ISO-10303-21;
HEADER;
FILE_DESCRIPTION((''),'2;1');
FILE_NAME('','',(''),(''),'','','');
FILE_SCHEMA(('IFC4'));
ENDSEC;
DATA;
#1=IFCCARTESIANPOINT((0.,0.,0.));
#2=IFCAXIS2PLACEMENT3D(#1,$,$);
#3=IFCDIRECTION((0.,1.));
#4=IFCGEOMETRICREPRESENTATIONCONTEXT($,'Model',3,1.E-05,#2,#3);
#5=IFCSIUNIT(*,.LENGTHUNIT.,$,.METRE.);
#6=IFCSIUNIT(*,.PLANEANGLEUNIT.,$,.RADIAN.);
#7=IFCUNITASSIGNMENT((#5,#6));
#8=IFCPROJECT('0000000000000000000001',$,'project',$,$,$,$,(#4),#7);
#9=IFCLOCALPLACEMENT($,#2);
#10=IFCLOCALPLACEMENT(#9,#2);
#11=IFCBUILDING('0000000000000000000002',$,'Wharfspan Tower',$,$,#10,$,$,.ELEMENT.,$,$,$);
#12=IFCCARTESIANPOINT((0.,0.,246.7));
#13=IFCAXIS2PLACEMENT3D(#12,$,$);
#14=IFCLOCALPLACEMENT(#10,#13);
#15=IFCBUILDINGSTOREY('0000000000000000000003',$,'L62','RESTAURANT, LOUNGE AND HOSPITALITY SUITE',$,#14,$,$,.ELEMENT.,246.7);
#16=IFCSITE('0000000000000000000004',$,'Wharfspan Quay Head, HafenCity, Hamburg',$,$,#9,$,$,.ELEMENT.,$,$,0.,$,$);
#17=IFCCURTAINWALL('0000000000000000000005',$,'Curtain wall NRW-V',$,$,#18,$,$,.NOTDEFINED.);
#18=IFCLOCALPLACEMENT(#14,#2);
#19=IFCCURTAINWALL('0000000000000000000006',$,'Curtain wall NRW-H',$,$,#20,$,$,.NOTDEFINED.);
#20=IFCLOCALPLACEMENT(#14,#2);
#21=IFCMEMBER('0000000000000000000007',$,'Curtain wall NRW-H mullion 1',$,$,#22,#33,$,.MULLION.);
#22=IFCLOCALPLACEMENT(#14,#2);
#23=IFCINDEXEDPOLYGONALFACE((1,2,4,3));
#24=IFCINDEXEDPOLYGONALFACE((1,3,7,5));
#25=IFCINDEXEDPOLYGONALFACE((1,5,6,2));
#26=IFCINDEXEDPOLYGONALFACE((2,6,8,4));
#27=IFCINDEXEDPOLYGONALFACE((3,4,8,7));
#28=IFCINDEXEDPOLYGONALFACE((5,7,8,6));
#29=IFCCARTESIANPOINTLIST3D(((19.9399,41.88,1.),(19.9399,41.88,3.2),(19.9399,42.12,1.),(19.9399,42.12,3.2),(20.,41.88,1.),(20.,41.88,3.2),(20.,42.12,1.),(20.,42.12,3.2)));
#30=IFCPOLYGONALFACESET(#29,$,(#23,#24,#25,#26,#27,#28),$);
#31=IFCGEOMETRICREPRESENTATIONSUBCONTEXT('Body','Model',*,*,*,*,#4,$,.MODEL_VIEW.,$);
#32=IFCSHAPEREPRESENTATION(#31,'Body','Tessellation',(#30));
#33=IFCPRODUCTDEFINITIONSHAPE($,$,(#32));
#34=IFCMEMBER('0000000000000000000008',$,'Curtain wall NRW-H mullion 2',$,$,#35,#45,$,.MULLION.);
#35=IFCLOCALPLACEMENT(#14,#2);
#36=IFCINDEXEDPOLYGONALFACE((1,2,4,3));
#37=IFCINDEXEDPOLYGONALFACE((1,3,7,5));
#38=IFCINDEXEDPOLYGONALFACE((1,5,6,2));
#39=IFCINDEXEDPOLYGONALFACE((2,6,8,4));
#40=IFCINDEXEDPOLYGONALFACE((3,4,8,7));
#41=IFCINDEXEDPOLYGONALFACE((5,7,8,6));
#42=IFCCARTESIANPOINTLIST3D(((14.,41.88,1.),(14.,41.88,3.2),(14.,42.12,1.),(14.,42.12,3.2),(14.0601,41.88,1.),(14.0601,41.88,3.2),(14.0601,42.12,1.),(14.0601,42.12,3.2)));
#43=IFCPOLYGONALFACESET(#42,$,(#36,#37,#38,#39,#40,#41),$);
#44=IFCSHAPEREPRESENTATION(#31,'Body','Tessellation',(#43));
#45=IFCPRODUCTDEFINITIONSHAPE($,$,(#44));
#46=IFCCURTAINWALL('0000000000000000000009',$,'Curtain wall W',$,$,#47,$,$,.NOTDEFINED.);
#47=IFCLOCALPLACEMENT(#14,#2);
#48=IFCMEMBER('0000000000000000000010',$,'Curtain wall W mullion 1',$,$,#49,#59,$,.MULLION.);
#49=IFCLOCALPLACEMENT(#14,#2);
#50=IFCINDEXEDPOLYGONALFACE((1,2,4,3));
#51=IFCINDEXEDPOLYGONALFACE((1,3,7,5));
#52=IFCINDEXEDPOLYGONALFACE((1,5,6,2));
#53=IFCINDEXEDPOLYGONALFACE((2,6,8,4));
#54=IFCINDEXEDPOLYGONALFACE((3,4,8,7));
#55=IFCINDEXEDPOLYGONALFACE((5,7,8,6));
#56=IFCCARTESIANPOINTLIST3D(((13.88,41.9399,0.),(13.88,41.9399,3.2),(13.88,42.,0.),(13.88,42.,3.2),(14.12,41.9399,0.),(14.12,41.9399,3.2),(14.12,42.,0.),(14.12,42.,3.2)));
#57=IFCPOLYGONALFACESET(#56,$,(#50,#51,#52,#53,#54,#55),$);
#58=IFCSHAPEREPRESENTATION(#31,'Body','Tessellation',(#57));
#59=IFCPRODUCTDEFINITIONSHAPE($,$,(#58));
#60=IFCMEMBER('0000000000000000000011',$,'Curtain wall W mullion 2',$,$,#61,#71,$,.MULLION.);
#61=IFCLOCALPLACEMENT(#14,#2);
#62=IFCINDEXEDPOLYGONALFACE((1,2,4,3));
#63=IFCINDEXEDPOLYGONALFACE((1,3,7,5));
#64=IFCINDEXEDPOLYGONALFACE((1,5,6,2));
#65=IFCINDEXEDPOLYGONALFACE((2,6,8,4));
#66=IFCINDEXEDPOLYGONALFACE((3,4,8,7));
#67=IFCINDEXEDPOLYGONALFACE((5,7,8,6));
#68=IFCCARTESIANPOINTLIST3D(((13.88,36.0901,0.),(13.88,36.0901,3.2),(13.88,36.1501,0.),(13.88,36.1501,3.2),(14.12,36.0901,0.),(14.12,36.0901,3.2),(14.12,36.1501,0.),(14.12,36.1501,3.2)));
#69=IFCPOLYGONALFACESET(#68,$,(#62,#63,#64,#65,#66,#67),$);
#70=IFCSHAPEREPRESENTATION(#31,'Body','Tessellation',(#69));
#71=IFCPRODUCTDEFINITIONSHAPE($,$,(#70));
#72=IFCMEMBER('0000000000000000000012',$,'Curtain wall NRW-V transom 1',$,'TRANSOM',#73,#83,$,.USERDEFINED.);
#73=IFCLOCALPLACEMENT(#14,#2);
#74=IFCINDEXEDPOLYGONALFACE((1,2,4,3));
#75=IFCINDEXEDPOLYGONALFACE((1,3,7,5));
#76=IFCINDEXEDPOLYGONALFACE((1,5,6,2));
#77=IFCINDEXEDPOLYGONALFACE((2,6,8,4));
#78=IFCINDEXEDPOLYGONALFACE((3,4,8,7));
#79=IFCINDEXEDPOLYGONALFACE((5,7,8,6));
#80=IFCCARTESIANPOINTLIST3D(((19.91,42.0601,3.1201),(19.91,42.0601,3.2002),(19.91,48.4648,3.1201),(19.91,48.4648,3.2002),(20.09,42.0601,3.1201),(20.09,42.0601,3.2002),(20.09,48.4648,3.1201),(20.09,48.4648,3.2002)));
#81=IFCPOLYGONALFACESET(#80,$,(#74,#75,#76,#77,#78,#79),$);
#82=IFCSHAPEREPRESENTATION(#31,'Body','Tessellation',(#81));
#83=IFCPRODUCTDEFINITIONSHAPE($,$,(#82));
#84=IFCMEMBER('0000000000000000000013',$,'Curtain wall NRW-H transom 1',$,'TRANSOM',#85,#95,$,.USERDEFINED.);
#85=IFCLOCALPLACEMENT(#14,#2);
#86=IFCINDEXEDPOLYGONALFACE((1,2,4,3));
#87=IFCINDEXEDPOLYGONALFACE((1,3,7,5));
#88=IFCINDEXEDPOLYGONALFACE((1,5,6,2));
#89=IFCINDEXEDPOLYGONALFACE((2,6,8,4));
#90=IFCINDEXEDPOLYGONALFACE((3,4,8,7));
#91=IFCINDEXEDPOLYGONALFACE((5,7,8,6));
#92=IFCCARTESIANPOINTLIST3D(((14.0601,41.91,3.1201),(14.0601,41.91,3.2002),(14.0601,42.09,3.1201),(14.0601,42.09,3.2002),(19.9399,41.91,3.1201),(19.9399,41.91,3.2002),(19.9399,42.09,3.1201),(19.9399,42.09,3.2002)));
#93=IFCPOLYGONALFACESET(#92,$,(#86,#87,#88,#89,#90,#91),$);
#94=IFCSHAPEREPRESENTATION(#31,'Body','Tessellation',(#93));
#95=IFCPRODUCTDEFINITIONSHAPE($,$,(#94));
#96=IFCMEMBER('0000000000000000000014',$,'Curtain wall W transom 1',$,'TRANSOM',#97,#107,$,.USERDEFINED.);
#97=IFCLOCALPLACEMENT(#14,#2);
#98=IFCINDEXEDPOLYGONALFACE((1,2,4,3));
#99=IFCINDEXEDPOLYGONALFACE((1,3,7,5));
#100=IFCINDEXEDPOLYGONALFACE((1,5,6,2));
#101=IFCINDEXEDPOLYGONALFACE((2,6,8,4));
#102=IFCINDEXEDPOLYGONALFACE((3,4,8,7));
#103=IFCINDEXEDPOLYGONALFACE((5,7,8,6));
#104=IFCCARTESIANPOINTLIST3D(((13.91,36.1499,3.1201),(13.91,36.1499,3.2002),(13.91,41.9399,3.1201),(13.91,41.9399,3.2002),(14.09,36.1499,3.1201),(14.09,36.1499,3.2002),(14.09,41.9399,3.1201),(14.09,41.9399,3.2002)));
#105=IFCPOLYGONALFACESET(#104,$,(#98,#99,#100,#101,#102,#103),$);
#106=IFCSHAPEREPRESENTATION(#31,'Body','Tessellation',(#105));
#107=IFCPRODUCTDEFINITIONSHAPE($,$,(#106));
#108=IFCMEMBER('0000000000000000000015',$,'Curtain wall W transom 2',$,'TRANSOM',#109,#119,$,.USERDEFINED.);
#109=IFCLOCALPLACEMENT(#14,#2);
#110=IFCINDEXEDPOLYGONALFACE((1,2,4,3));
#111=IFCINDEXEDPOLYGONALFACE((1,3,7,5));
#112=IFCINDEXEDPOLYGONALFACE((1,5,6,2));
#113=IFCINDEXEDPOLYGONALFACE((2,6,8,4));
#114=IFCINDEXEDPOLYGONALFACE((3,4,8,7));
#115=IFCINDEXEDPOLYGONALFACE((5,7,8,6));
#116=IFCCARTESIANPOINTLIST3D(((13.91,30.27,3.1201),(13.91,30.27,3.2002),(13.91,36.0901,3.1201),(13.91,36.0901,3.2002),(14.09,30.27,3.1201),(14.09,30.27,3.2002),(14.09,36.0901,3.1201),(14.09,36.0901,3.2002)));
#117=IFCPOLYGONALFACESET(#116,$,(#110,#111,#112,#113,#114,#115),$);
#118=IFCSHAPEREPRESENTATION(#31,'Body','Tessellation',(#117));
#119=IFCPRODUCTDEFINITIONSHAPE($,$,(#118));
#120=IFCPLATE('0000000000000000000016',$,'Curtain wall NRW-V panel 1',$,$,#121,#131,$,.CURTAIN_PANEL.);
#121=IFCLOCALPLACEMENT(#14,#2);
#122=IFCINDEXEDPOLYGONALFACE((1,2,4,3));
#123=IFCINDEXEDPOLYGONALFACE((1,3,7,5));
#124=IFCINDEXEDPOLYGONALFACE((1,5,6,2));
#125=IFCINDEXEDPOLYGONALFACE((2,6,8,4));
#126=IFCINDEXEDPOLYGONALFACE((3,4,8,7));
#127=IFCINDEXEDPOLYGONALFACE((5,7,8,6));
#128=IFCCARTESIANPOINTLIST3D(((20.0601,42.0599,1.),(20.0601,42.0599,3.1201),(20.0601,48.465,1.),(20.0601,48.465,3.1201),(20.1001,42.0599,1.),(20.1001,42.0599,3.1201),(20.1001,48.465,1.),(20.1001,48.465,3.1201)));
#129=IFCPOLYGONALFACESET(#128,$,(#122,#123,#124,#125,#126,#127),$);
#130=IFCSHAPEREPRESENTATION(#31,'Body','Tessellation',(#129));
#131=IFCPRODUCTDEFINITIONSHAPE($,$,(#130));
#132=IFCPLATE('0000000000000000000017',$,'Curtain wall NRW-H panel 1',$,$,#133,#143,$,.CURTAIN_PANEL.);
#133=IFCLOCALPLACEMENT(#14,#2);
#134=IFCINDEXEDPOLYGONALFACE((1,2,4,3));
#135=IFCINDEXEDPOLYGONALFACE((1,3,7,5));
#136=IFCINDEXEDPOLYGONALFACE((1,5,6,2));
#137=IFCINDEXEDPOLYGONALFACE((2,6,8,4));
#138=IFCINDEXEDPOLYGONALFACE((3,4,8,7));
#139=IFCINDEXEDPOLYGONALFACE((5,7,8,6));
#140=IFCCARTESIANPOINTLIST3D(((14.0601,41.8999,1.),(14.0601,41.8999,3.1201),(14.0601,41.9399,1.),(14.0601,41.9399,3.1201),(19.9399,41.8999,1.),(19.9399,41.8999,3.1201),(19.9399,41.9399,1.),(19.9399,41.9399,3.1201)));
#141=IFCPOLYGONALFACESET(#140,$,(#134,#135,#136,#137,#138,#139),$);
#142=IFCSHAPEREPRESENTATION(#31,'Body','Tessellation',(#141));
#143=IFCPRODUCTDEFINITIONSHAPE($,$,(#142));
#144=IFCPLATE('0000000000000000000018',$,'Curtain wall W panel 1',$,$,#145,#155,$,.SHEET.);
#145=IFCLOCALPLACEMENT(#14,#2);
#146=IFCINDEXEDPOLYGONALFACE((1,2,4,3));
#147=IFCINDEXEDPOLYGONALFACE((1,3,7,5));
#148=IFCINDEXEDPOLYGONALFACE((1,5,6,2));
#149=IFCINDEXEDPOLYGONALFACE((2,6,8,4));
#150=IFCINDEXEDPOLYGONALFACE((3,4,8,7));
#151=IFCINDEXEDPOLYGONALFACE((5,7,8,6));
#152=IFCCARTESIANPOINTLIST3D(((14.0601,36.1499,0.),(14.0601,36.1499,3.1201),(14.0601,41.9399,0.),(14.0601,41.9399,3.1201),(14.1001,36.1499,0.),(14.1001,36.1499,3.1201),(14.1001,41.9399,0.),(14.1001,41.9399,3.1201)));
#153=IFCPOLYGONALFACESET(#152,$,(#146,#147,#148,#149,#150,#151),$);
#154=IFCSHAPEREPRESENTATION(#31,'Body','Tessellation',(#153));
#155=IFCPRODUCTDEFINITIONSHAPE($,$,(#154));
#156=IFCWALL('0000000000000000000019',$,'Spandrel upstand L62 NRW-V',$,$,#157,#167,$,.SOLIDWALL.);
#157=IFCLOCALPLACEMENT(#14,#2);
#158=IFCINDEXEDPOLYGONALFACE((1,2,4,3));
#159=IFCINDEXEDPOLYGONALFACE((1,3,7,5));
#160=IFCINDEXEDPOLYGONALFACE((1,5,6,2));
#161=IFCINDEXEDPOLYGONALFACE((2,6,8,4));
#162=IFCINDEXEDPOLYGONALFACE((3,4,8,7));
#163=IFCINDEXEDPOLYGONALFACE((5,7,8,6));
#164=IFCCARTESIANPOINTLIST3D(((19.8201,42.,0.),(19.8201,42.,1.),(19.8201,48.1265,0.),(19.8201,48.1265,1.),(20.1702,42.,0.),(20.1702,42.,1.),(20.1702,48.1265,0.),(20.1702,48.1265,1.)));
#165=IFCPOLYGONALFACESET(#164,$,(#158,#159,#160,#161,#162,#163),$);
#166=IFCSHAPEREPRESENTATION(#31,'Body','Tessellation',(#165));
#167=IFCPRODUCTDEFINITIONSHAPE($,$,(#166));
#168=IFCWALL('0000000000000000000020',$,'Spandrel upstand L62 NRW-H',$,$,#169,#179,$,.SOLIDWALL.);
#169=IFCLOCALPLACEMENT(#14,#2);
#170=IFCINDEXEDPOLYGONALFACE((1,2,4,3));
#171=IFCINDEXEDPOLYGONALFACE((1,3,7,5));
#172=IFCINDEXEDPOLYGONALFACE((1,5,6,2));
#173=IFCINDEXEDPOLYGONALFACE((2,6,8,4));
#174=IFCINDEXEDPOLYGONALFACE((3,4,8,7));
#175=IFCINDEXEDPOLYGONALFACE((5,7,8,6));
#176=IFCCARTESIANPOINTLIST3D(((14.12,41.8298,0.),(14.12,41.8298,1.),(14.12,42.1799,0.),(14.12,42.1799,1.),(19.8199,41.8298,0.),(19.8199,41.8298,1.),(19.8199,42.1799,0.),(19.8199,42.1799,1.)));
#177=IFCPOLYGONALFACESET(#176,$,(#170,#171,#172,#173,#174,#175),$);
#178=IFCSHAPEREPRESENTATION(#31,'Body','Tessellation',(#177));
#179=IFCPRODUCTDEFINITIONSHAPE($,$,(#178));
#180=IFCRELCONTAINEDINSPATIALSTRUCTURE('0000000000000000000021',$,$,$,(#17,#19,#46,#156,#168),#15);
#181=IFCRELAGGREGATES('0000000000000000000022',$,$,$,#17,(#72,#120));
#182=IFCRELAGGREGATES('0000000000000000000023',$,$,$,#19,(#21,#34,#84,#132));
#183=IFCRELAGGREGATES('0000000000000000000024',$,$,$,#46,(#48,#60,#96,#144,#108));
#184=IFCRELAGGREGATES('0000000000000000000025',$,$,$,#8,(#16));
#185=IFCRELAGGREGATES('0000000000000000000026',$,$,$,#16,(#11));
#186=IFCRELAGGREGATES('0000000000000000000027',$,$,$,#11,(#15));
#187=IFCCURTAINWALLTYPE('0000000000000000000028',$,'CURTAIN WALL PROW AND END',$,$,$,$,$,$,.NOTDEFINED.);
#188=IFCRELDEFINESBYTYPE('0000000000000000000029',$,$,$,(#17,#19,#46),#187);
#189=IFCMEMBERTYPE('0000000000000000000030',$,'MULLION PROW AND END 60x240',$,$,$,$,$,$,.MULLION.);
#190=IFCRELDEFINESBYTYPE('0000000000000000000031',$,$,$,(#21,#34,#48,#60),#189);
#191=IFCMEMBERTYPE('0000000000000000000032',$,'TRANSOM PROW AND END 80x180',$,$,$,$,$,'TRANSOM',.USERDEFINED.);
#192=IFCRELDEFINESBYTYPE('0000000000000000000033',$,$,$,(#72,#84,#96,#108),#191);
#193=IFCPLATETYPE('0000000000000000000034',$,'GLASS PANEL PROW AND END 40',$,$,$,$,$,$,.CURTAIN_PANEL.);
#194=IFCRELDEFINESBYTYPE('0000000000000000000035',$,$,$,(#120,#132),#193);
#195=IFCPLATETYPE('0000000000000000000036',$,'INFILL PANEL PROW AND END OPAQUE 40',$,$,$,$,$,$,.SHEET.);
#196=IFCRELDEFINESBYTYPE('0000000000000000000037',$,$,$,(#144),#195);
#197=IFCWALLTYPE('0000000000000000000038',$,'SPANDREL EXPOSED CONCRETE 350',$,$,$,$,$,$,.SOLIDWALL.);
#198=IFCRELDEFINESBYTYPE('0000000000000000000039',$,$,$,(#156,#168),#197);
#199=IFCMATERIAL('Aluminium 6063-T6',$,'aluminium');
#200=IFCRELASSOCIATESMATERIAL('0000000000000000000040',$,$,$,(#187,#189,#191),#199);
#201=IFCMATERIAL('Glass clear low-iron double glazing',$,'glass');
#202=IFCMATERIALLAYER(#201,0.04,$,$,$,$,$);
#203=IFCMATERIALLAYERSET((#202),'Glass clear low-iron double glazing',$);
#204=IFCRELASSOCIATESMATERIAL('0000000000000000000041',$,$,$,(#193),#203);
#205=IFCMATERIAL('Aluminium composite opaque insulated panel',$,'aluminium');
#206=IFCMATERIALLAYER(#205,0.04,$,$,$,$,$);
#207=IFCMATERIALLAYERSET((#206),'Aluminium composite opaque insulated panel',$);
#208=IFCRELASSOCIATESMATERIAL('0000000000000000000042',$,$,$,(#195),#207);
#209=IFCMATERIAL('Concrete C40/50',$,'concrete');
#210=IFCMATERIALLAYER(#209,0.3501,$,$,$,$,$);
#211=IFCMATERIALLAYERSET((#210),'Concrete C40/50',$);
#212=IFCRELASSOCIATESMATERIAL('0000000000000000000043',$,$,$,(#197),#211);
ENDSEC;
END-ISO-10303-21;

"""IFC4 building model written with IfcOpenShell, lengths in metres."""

from ifc_helpers import new_model, si_unit, direction, frame, frame_2d, origin, origin_2d, place, context, subcontext, project, spatial, rectangle, extrude, material, layer, layer_set, material_profile, profile_set, type_object, element, aggregate, save


model = new_model("IFC4")

# Units and contexts
model_context = context("Model", 3, precision=1e-05, world=origin(), true_north=direction((0.0, 1.0)))
body_context = subcontext(model_context, "Body", "Model", "MODEL_VIEW")
ifc_project = project(units=[si_unit("LENGTHUNIT", "METRE"), si_unit("PLANEANGLEUNIT", "RADIAN")], contexts=[model_context])

# Site, building, storey
site_placement = place(None, origin())
site = spatial("IfcSite", under=ifc_project, at=site_placement, Name="Wharfspan Quay Head, HafenCity, Hamburg", CompositionType="ELEMENT", RefElevation=0.0)
building_placement = place(site_placement, origin())
building = spatial("IfcBuilding", under=site, at=building_placement, Name="Wharfspan Tower", CompositionType="ELEMENT")
storey_placement = place(building_placement, frame((0.0, 0.0, 246.7)))
storey = spatial("IfcBuildingStorey", under=building, at=storey_placement, Name="L62", Description="RESTAURANT, LOUNGE AND HOSPITALITY SUITE", CompositionType="ELEMENT", Elevation=246.7)

# Curtain walls, members
ifc_material_1 = material(Name="Aluminium 6063-T6", Category="aluminium")
curtain_wall_type = type_object("IfcCurtainWallType", Name="CURTAIN WALL PROW AND END", PredefinedType="NOTDEFINED", material=ifc_material_1)
curtain_wall_1_placement = place(storey_placement, origin())
curtain_wall_1 = element("IfcCurtainWall", 1, at=curtain_wall_1_placement, inside=storey, type_object=curtain_wall_type, Name="Curtain wall NRW-V", PredefinedType="NOTDEFINED")
ifc_material_profile_1 = material_profile(ifc_material_1, rectangle(XDim=0.24, YDim=0.0601, at=origin_2d()))
ifc_profile_set_1 = profile_set([ifc_material_profile_1], Name="Aluminium 6063-T6")
member_type_1 = type_object("IfcMemberType", Name="MULLION PROW AND END 60x240", PredefinedType="MULLION", material=ifc_profile_set_1)
curtain_wall_2_placement = place(storey_placement, origin())
curtain_wall_2 = element("IfcCurtainWall", 2, at=curtain_wall_2_placement, inside=storey, type_object=curtain_wall_type, Name="Curtain wall NRW-H", PredefinedType="NOTDEFINED")
member_1_placement = place(storey_placement, frame((19.97, 42.0, 1.0), z_axis=(0.0, 0.0, 1.0), x_axis=(0.0, -1.0, 0.0)))
member_1 = element("IfcMember", 3, at=member_1_placement, type_object=member_type_1, Name="Curtain wall NRW-H mullion 1", PredefinedType="MULLION", context=body_context, shape_type="SweptSolid", body=[
    extrude(rectangle(XDim=0.24, YDim=0.0601, at=origin_2d()), origin(), (0.0, 0.0, 1.0), 2.2),
])
member_2_placement = place(storey_placement, frame((14.03, 42.0, 1.0), z_axis=(0.0, 0.0, 1.0), x_axis=(0.0, -1.0, 0.0)))
member_2 = element("IfcMember", 4, at=member_2_placement, type_object=member_type_1, Name="Curtain wall NRW-H mullion 2", PredefinedType="MULLION", context=body_context, shape_type="SweptSolid", body=[
    extrude(rectangle(XDim=0.24, YDim=0.0601, at=origin_2d()), origin(), (0.0, 0.0, 1.0), 2.2),
])
curtain_wall_3_placement = place(storey_placement, origin())
curtain_wall_3 = element("IfcCurtainWall", 5, at=curtain_wall_3_placement, inside=storey, type_object=curtain_wall_type, Name="Curtain wall W", PredefinedType="NOTDEFINED")
member_3_placement = place(storey_placement, frame((14.0, 41.97, 0.0), z_axis=(0.0, 0.0, 1.0), x_axis=(1.0, 0.0, 0.0)))
member_3 = element("IfcMember", 6, at=member_3_placement, type_object=member_type_1, Name="Curtain wall W mullion 1", PredefinedType="MULLION", context=body_context, shape_type="SweptSolid", body=[
    extrude(rectangle(XDim=0.24, YDim=0.0601, at=origin_2d()), origin(), (0.0, 0.0, 1.0), 3.2),
])
member_4_placement = place(storey_placement, frame((14.0, 36.1201, 0.0), z_axis=(0.0, 0.0, 1.0), x_axis=(1.0, 0.0, 0.0)))
member_4 = element("IfcMember", 7, at=member_4_placement, type_object=member_type_1, Name="Curtain wall W mullion 2", PredefinedType="MULLION", context=body_context, shape_type="SweptSolid", body=[
    extrude(rectangle(XDim=0.24, YDim=0.0601, at=origin_2d()), origin(), (0.0, 0.0, 1.0), 3.2),
])

# Members
ifc_material_profile_2 = material_profile(ifc_material_1, rectangle(XDim=0.1799, YDim=0.0801, at=origin_2d()))
ifc_profile_set_2 = profile_set([ifc_material_profile_2], Name="Aluminium 6063-T6")
member_type_2 = type_object("IfcMemberType", Name="TRANSOM PROW AND END 80x180", ElementType="TRANSOM", PredefinedType="USERDEFINED", material=ifc_profile_set_2)
member_5_placement = place(storey_placement, frame((20.0, 48.4648, 3.1602), z_axis=(0.0, -1.0, 0.0), x_axis=(1.0, 0.0, 0.0)))
member_5 = element("IfcMember", 8, at=member_5_placement, type_object=member_type_2, Name="Curtain wall NRW-V transom 1", ObjectType="TRANSOM", PredefinedType="USERDEFINED", context=body_context, shape_type="SweptSolid", body=[
    extrude(rectangle(XDim=0.1799, YDim=0.0801, at=origin_2d()), origin(), (0.0, 0.0, 1.0), 6.4048),
])
member_6_placement = place(storey_placement, frame((19.9399, 42.0, 3.1602), z_axis=(-1.0, 0.0, 0.0), x_axis=(0.0, -1.0, 0.0)))
member_6 = element("IfcMember", 9, at=member_6_placement, type_object=member_type_2, Name="Curtain wall NRW-H transom 1", ObjectType="TRANSOM", PredefinedType="USERDEFINED", context=body_context, shape_type="SweptSolid", body=[
    extrude(rectangle(XDim=0.1799, YDim=0.0801, at=origin_2d()), origin(), (0.0, 0.0, 1.0), 5.8799),
])
member_7_placement = place(storey_placement, frame((14.0, 41.9399, 3.1602), z_axis=(0.0, -1.0, 0.0), x_axis=(1.0, 0.0, 0.0)))
member_7 = element("IfcMember", 10, at=member_7_placement, type_object=member_type_2, Name="Curtain wall W transom 1", ObjectType="TRANSOM", PredefinedType="USERDEFINED", context=body_context, shape_type="SweptSolid", body=[
    extrude(rectangle(XDim=0.1799, YDim=0.0801, at=origin_2d()), origin(), (0.0, 0.0, 1.0), 5.79),
])
member_8_placement = place(storey_placement, frame((14.0, 36.0901, 3.1602), z_axis=(0.0, -1.0, 0.0), x_axis=(1.0, 0.0, 0.0)))
member_8 = element("IfcMember", 11, at=member_8_placement, type_object=member_type_2, Name="Curtain wall W transom 2", ObjectType="TRANSOM", PredefinedType="USERDEFINED", context=body_context, shape_type="SweptSolid", body=[
    extrude(rectangle(XDim=0.1799, YDim=0.0801, at=origin_2d()), origin(), (0.0, 0.0, 1.0), 5.8201),
])

# Plates
ifc_material_2 = material(Name="Glass clear low-iron double glazing", Category="glass")
ifc_layer_1 = layer(ifc_material_2, 0.04)
ifc_layer_set_1 = layer_set([ifc_layer_1], Name="Glass clear low-iron double glazing")
plate_type_1 = type_object("IfcPlateType", Name="GLASS PANEL PROW AND END 40", PredefinedType="CURTAIN_PANEL", material=ifc_layer_set_1)
plate_1_placement = place(storey_placement, frame((20.0801, 45.2625, 1.0), z_axis=(0.0, 0.0, 1.0), x_axis=(0.0, -1.0, 0.0)))
plate_1 = element("IfcPlate", 12, at=plate_1_placement, type_object=plate_type_1, Name="Curtain wall NRW-V panel 1", PredefinedType="CURTAIN_PANEL", context=body_context, shape_type="SweptSolid", body=[
    extrude(rectangle(XDim=6.405, YDim=0.04, at=origin_2d()), origin(), (0.0, 0.0, 1.0), 2.1201),
])
aggregate(curtain_wall_1, [member_5, plate_1])
plate_2_placement = place(storey_placement, frame((17.0, 41.9199, 1.0), z_axis=(0.0, 0.0, 1.0), x_axis=(-1.0, 0.0, 0.0)))
plate_2 = element("IfcPlate", 13, at=plate_2_placement, type_object=plate_type_1, Name="Curtain wall NRW-H panel 1", PredefinedType="CURTAIN_PANEL", context=body_context, shape_type="SweptSolid", body=[
    extrude(rectangle(XDim=5.8799, YDim=0.04, at=origin_2d()), origin(), (0.0, 0.0, 1.0), 2.1201),
])
aggregate(curtain_wall_2, [member_1, member_2, member_6, plate_2])
ifc_material_3 = material(Name="Aluminium composite opaque insulated panel", Category="aluminium")
ifc_layer_2 = layer(ifc_material_3, 0.04)
ifc_layer_set_2 = layer_set([ifc_layer_2], Name="Aluminium composite opaque insulated panel")
plate_type_2 = type_object("IfcPlateType", Name="INFILL PANEL PROW AND END OPAQUE 40", PredefinedType="SHEET", material=ifc_layer_set_2)
plate_3_placement = place(storey_placement, frame((14.0801, 39.0449, 0.0), z_axis=(0.0, 0.0, 1.0), x_axis=(0.0, -1.0, 0.0)))
plate_3 = element("IfcPlate", 14, at=plate_3_placement, type_object=plate_type_2, Name="Curtain wall W panel 1", PredefinedType="SHEET", context=body_context, shape_type="SweptSolid", body=[
    extrude(rectangle(XDim=5.79, YDim=0.04, at=origin_2d()), origin(), (0.0, 0.0, 1.0), 3.1201),
])
aggregate(curtain_wall_3, [member_3, member_4, member_7, plate_3, member_8])

# Walls
ifc_material_4 = material(Name="Concrete C40/50", Category="concrete")
ifc_layer_3 = layer(ifc_material_4, 0.3501)
ifc_layer_set_3 = layer_set([ifc_layer_3], Name="Concrete C40/50")
wall_type = type_object("IfcWallType", Name="SPANDREL EXPOSED CONCRETE 350", PredefinedType="SOLIDWALL", material=ifc_layer_set_3)
wall_1_placement = place(storey_placement, frame((19.9951, 48.1265, 0.0), z_axis=(0.0, 0.0, 1.0), x_axis=(0.0, -1.0, 0.0)))
element("IfcWall", 15, at=wall_1_placement, inside=storey, type_object=wall_type, Name="Spandrel upstand L62 NRW-V", PredefinedType="SOLIDWALL", context=body_context, shape_type="SweptSolid", body=[
    extrude(rectangle(XDim=6.1265, YDim=0.3501, at=frame_2d((3.0632, 0.0))), origin(), (0.0, 0.0, 1.0), 1.0),
])
wall_2_placement = place(storey_placement, frame((19.8201, 42.0049, 0.0), z_axis=(0.0, 0.0, 1.0), x_axis=(-1.0, 0.0, 0.0)))
element("IfcWall", 16, at=wall_2_placement, inside=storey, type_object=wall_type, Name="Spandrel upstand L62 NRW-H", PredefinedType="SOLIDWALL", context=body_context, shape_type="SweptSolid", body=[
    extrude(rectangle(XDim=5.7, YDim=0.3501, at=frame_2d((2.8501, 0.0))), origin(), (0.0, 0.0, 1.0), 1.0),
])

save(model, "model.ifc")
